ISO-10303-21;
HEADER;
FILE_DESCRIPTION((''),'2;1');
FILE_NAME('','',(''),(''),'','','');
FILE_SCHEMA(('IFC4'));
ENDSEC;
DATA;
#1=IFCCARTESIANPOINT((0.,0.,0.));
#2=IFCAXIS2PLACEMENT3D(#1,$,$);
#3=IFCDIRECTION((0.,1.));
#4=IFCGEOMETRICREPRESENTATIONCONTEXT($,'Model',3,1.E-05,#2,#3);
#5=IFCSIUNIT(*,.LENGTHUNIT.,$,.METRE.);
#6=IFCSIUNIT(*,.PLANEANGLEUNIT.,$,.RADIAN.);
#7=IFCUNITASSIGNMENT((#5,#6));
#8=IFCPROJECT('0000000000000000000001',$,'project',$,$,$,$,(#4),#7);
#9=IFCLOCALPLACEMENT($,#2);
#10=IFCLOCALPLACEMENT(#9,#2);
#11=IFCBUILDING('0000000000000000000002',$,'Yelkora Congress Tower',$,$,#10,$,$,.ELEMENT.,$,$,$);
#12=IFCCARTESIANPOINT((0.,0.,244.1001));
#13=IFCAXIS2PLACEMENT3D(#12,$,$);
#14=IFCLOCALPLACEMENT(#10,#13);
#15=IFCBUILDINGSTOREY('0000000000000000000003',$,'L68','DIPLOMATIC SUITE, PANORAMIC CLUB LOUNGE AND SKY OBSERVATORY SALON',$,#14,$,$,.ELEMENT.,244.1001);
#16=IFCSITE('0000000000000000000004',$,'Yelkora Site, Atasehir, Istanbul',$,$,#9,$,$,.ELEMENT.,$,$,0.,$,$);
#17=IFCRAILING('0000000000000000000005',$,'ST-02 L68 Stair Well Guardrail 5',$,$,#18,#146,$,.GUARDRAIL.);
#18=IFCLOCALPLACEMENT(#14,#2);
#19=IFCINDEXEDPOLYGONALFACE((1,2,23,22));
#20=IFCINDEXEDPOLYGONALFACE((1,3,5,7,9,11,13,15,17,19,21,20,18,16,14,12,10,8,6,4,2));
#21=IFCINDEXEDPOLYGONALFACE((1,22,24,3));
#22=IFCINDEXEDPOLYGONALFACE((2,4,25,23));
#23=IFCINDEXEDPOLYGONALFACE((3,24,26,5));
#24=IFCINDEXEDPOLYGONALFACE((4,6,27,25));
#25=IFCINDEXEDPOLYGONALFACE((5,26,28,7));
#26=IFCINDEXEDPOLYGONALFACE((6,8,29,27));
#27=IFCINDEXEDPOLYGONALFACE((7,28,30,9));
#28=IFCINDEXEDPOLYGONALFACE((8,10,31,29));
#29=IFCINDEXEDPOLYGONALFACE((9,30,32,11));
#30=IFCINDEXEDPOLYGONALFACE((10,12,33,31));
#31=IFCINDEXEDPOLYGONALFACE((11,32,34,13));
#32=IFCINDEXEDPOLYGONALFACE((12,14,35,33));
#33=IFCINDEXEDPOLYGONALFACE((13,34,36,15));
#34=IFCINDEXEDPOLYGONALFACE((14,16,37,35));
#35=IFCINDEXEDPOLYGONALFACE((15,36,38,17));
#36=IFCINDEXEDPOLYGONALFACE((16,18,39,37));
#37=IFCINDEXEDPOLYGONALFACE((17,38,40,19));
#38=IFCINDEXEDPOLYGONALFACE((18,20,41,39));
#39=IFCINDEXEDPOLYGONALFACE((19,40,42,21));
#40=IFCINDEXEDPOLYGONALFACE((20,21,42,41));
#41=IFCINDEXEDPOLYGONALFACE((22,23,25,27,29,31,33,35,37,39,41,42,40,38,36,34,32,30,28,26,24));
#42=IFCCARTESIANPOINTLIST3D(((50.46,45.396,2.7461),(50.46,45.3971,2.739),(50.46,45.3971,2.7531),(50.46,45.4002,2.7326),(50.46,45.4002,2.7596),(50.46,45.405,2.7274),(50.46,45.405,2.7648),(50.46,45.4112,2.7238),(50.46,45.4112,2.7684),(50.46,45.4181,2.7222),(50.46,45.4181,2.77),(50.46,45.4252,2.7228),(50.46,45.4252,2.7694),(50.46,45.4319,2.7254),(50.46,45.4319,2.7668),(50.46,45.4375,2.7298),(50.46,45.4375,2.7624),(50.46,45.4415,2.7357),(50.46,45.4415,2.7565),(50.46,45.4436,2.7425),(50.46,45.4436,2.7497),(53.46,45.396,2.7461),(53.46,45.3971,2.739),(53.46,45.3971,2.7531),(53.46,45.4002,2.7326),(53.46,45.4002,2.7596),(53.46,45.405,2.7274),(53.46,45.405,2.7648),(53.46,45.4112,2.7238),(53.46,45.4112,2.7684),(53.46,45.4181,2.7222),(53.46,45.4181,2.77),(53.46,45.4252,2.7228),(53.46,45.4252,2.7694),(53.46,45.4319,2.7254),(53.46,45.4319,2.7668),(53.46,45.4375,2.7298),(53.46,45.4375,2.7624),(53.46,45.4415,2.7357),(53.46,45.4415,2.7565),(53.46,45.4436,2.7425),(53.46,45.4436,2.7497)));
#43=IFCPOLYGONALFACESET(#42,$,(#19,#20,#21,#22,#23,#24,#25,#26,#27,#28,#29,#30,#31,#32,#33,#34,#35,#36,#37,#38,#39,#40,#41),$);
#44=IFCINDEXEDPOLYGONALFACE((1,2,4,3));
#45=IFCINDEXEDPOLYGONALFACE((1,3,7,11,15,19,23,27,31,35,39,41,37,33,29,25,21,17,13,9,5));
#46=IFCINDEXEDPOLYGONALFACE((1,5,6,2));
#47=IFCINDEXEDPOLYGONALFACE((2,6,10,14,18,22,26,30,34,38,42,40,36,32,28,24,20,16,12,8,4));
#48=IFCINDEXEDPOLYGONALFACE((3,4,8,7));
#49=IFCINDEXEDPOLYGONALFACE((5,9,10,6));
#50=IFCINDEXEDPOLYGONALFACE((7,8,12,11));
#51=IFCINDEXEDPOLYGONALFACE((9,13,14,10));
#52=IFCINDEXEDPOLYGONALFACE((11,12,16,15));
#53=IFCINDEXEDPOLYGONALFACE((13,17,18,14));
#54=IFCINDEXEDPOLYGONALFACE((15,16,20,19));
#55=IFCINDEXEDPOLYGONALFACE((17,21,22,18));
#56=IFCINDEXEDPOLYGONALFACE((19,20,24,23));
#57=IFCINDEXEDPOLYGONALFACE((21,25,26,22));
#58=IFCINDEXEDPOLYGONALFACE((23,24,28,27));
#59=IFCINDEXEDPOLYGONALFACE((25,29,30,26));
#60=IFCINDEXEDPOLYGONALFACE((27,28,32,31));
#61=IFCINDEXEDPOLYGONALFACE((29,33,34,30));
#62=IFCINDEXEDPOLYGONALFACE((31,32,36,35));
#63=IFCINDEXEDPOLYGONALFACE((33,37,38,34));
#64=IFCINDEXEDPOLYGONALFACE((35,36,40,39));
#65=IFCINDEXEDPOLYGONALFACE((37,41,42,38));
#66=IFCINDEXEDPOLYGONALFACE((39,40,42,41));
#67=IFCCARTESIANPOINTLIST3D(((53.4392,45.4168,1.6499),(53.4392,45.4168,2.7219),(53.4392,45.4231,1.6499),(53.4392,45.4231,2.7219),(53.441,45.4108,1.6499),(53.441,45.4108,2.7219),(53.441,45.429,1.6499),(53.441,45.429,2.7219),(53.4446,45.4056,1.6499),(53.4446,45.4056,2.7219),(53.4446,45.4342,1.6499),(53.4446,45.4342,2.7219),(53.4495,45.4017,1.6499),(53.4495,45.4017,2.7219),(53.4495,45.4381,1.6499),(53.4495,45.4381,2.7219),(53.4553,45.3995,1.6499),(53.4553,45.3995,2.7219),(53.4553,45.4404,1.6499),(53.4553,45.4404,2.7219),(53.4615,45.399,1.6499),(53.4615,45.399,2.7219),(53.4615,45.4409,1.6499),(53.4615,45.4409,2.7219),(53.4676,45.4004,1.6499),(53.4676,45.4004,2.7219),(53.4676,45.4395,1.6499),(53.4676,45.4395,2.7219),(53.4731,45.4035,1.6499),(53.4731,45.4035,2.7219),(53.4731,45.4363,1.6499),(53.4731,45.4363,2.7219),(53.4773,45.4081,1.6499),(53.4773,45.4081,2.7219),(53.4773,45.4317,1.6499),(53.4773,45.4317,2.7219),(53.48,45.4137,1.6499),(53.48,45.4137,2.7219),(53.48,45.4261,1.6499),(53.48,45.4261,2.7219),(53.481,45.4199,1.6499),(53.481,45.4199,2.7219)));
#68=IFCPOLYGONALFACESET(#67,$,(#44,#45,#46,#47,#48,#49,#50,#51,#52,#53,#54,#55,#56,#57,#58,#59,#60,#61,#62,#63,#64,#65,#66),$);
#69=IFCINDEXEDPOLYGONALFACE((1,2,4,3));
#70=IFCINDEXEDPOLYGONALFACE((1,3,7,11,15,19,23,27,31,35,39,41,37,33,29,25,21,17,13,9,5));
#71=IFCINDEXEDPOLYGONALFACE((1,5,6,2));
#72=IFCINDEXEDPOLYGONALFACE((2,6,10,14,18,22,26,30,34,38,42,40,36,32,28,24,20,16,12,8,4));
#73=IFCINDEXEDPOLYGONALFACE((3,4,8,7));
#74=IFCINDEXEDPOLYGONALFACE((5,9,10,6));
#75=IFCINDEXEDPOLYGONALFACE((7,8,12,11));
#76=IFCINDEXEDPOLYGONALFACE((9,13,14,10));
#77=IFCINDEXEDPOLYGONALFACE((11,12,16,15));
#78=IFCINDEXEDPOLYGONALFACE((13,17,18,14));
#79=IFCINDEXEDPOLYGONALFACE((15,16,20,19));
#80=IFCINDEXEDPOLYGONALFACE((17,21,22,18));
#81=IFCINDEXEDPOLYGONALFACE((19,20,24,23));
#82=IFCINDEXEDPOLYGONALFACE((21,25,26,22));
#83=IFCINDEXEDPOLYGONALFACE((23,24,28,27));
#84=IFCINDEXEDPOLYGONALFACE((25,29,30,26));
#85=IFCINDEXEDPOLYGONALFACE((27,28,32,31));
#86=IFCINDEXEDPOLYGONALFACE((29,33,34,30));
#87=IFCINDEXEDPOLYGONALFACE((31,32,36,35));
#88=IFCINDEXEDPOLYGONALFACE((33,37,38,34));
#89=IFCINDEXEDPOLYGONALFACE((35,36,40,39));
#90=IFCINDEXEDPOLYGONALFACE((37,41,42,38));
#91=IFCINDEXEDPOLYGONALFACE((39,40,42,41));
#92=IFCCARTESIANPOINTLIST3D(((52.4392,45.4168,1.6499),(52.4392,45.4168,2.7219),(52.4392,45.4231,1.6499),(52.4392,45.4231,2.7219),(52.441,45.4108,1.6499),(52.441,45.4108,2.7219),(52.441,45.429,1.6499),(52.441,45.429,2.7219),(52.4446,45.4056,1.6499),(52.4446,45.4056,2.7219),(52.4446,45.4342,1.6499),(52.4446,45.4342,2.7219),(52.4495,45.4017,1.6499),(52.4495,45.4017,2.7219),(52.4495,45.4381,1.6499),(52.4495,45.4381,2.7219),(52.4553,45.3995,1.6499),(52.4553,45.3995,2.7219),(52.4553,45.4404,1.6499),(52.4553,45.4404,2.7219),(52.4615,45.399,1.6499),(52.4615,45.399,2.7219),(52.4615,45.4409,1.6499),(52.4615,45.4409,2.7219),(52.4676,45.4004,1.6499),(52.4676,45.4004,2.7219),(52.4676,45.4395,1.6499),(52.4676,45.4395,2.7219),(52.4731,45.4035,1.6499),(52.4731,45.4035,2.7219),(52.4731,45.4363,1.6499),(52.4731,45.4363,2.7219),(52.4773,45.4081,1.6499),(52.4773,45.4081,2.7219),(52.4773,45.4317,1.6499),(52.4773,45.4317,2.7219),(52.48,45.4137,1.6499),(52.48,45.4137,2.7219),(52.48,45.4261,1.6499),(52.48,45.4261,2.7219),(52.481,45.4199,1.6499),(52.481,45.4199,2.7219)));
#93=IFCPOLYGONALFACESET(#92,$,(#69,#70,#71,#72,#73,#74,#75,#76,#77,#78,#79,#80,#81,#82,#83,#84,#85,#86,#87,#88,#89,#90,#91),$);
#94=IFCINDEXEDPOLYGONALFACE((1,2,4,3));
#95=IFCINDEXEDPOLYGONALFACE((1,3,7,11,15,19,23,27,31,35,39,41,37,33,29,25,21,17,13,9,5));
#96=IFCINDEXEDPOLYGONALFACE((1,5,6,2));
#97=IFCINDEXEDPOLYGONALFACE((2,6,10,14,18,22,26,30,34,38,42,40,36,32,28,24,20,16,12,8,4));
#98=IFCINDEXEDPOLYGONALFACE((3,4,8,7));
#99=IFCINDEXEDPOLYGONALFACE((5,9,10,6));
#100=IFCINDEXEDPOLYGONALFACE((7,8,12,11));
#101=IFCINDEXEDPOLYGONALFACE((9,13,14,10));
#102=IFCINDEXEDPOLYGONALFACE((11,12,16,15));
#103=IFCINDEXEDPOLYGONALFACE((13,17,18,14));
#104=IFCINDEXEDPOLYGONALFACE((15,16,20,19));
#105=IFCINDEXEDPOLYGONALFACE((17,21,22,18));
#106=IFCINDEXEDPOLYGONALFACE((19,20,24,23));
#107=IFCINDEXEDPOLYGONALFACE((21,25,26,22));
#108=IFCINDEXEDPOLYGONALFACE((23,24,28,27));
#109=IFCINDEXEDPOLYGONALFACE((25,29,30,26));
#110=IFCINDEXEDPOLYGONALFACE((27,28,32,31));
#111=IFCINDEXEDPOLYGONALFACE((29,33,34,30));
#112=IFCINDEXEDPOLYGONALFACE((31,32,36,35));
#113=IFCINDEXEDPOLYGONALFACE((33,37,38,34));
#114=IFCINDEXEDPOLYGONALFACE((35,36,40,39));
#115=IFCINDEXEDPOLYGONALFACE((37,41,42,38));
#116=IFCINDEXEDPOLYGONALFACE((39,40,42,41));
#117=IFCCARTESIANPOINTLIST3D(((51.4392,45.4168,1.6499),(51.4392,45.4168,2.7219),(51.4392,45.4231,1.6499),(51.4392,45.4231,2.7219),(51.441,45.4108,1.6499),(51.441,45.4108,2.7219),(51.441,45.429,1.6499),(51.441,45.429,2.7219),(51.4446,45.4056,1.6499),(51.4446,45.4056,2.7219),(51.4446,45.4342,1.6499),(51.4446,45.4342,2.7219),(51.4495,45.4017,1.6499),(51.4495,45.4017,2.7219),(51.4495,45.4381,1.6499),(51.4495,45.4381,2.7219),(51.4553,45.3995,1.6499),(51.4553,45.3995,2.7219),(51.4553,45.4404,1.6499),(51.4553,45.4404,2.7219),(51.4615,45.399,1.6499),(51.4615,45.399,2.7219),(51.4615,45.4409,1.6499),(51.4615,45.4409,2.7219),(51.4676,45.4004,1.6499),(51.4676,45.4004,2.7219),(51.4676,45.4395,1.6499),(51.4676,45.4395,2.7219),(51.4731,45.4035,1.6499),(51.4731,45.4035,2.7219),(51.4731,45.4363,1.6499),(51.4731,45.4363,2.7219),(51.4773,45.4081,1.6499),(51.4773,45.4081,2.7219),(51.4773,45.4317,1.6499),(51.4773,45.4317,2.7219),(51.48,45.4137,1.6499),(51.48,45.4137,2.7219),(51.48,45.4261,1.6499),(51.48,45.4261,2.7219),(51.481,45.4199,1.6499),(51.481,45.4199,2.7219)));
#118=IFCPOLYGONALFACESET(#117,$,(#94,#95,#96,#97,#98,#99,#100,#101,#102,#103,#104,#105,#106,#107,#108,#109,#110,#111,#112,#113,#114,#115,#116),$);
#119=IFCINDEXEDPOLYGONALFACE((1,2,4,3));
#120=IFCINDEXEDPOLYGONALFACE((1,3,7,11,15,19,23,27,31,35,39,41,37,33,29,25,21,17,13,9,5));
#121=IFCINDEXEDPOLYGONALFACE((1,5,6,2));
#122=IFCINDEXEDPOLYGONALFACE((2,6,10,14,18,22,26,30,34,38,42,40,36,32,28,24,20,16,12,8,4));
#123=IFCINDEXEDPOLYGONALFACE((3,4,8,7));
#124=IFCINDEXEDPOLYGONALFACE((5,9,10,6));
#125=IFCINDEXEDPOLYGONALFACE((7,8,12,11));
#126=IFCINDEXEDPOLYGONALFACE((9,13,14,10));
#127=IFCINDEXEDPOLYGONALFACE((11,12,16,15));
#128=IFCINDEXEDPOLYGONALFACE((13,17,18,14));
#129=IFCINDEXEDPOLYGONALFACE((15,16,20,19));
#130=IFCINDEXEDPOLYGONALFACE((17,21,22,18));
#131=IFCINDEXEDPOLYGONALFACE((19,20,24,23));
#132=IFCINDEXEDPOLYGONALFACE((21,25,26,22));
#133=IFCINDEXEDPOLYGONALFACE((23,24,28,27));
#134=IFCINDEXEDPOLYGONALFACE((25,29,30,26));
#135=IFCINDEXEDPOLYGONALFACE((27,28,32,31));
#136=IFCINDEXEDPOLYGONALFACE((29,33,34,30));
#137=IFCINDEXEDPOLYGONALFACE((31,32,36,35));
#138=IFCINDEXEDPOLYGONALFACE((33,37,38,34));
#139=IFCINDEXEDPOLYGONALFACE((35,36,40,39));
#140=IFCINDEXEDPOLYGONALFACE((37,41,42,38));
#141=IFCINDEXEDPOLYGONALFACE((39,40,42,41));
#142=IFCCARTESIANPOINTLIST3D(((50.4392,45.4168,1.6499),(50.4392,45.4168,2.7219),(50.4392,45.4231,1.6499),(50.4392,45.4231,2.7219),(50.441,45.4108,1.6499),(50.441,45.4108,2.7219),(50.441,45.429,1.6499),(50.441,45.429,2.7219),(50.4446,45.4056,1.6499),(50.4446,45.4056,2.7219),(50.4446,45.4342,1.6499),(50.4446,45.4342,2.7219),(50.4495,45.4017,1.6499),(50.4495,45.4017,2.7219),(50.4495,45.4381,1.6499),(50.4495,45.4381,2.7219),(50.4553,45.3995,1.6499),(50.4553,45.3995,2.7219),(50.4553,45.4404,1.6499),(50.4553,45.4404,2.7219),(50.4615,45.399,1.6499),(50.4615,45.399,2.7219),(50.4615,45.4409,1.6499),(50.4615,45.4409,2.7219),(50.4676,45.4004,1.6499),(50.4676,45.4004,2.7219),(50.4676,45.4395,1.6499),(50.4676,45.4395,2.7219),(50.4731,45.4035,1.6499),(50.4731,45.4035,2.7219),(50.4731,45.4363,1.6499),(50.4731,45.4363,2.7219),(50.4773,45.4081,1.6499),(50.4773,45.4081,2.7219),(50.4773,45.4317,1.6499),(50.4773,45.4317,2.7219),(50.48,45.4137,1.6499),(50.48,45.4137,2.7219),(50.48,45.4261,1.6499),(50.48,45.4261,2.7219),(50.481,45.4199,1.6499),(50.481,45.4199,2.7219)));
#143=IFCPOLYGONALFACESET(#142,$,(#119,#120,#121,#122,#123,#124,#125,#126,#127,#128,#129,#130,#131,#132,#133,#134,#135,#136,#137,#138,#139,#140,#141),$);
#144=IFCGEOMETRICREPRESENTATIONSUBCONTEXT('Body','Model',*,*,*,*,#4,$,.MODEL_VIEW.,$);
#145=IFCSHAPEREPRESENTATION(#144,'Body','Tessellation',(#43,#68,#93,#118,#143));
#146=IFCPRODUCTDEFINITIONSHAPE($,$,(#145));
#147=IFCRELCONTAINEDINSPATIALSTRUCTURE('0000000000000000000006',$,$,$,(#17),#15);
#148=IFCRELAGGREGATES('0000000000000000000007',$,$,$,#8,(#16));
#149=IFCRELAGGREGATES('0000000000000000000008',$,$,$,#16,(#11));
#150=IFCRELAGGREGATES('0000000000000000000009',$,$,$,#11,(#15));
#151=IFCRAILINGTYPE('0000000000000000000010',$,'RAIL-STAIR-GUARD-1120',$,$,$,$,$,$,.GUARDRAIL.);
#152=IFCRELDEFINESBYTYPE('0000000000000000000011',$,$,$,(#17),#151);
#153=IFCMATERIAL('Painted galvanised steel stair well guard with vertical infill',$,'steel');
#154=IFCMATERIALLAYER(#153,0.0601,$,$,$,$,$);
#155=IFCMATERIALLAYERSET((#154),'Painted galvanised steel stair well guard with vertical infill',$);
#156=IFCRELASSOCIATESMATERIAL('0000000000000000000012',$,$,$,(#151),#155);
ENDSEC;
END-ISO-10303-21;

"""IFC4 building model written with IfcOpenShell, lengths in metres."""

from ifc_helpers import new_model, si_unit, direction, frame, origin, origin_2d, place, context, subcontext, project, spatial, circle, extrude, material, layer, layer_set, type_object, element, save


model = new_model("IFC4")

# Units and contexts
model_context = context("Model", 3, precision=1e-05, world=origin(), true_north=direction((0.0, 1.0)))
body_context = subcontext(model_context, "Body", "Model", "MODEL_VIEW")
ifc_project = project(units=[si_unit("LENGTHUNIT", "METRE"), si_unit("PLANEANGLEUNIT", "RADIAN")], contexts=[model_context])

# Site, building, storey
site_placement = place(None, origin())
site = spatial("IfcSite", under=ifc_project, at=site_placement, Name="Yelkora Site, Atasehir, Istanbul", CompositionType="ELEMENT", RefElevation=0.0)
building_placement = place(site_placement, origin())
building = spatial("IfcBuilding", under=site, at=building_placement, Name="Yelkora Congress Tower", CompositionType="ELEMENT")
storey_placement = place(building_placement, frame((0.0, 0.0, 244.1001)))
storey = spatial("IfcBuildingStorey", under=building, at=storey_placement, Name="L68", Description="DIPLOMATIC SUITE, PANORAMIC CLUB LOUNGE AND SKY OBSERVATORY SALON", CompositionType="ELEMENT", Elevation=244.1001)

# Railing
ifc_material_1 = material(Name="Painted galvanised steel stair well guard with vertical infill", Category="steel")
ifc_layer_1 = layer(ifc_material_1, 0.0601)
ifc_layer_set_1 = layer_set([ifc_layer_1], Name="Painted galvanised steel stair well guard with vertical infill")
railing_type_1 = type_object("IfcRailingType", Name="RAIL-STAIR-GUARD-1120", PredefinedType="GUARDRAIL", material=ifc_layer_set_1)
railing_1_placement = place(storey_placement, frame((53.46, 45.4199, 1.6499)))
element("IfcRailing", 1, at=railing_1_placement, inside=storey, type_object=railing_type_1, Name="ST-02 L68 Stair Well Guardrail 5", PredefinedType="GUARDRAIL", context=body_context, shape_type="SweptSolid", body=[
    extrude(circle(Radius=0.0239, at=origin_2d()), frame((0.0, 0.0, 1.0962), z_axis=(-1.0, 0.0, 0.0), x_axis=(0.0, -1.0, 0.0)), (0.0, 0.0, 1.0), 3.0),
    extrude(circle(Radius=0.021, at=origin_2d()), origin(), (0.0, 0.0, 1.0), 1.072),
    extrude(circle(Radius=0.021, at=origin_2d()), frame((-1.0, 0.0, 0.0)), (0.0, 0.0, 1.0), 1.072),
    extrude(circle(Radius=0.021, at=origin_2d()), frame((-2.0, 0.0, 0.0)), (0.0, 0.0, 1.0), 1.072),
    extrude(circle(Radius=0.021, at=origin_2d()), frame((-3.0, 0.0, 0.0)), (0.0, 0.0, 1.0), 1.072),
])

save(model, "model.ifc")
